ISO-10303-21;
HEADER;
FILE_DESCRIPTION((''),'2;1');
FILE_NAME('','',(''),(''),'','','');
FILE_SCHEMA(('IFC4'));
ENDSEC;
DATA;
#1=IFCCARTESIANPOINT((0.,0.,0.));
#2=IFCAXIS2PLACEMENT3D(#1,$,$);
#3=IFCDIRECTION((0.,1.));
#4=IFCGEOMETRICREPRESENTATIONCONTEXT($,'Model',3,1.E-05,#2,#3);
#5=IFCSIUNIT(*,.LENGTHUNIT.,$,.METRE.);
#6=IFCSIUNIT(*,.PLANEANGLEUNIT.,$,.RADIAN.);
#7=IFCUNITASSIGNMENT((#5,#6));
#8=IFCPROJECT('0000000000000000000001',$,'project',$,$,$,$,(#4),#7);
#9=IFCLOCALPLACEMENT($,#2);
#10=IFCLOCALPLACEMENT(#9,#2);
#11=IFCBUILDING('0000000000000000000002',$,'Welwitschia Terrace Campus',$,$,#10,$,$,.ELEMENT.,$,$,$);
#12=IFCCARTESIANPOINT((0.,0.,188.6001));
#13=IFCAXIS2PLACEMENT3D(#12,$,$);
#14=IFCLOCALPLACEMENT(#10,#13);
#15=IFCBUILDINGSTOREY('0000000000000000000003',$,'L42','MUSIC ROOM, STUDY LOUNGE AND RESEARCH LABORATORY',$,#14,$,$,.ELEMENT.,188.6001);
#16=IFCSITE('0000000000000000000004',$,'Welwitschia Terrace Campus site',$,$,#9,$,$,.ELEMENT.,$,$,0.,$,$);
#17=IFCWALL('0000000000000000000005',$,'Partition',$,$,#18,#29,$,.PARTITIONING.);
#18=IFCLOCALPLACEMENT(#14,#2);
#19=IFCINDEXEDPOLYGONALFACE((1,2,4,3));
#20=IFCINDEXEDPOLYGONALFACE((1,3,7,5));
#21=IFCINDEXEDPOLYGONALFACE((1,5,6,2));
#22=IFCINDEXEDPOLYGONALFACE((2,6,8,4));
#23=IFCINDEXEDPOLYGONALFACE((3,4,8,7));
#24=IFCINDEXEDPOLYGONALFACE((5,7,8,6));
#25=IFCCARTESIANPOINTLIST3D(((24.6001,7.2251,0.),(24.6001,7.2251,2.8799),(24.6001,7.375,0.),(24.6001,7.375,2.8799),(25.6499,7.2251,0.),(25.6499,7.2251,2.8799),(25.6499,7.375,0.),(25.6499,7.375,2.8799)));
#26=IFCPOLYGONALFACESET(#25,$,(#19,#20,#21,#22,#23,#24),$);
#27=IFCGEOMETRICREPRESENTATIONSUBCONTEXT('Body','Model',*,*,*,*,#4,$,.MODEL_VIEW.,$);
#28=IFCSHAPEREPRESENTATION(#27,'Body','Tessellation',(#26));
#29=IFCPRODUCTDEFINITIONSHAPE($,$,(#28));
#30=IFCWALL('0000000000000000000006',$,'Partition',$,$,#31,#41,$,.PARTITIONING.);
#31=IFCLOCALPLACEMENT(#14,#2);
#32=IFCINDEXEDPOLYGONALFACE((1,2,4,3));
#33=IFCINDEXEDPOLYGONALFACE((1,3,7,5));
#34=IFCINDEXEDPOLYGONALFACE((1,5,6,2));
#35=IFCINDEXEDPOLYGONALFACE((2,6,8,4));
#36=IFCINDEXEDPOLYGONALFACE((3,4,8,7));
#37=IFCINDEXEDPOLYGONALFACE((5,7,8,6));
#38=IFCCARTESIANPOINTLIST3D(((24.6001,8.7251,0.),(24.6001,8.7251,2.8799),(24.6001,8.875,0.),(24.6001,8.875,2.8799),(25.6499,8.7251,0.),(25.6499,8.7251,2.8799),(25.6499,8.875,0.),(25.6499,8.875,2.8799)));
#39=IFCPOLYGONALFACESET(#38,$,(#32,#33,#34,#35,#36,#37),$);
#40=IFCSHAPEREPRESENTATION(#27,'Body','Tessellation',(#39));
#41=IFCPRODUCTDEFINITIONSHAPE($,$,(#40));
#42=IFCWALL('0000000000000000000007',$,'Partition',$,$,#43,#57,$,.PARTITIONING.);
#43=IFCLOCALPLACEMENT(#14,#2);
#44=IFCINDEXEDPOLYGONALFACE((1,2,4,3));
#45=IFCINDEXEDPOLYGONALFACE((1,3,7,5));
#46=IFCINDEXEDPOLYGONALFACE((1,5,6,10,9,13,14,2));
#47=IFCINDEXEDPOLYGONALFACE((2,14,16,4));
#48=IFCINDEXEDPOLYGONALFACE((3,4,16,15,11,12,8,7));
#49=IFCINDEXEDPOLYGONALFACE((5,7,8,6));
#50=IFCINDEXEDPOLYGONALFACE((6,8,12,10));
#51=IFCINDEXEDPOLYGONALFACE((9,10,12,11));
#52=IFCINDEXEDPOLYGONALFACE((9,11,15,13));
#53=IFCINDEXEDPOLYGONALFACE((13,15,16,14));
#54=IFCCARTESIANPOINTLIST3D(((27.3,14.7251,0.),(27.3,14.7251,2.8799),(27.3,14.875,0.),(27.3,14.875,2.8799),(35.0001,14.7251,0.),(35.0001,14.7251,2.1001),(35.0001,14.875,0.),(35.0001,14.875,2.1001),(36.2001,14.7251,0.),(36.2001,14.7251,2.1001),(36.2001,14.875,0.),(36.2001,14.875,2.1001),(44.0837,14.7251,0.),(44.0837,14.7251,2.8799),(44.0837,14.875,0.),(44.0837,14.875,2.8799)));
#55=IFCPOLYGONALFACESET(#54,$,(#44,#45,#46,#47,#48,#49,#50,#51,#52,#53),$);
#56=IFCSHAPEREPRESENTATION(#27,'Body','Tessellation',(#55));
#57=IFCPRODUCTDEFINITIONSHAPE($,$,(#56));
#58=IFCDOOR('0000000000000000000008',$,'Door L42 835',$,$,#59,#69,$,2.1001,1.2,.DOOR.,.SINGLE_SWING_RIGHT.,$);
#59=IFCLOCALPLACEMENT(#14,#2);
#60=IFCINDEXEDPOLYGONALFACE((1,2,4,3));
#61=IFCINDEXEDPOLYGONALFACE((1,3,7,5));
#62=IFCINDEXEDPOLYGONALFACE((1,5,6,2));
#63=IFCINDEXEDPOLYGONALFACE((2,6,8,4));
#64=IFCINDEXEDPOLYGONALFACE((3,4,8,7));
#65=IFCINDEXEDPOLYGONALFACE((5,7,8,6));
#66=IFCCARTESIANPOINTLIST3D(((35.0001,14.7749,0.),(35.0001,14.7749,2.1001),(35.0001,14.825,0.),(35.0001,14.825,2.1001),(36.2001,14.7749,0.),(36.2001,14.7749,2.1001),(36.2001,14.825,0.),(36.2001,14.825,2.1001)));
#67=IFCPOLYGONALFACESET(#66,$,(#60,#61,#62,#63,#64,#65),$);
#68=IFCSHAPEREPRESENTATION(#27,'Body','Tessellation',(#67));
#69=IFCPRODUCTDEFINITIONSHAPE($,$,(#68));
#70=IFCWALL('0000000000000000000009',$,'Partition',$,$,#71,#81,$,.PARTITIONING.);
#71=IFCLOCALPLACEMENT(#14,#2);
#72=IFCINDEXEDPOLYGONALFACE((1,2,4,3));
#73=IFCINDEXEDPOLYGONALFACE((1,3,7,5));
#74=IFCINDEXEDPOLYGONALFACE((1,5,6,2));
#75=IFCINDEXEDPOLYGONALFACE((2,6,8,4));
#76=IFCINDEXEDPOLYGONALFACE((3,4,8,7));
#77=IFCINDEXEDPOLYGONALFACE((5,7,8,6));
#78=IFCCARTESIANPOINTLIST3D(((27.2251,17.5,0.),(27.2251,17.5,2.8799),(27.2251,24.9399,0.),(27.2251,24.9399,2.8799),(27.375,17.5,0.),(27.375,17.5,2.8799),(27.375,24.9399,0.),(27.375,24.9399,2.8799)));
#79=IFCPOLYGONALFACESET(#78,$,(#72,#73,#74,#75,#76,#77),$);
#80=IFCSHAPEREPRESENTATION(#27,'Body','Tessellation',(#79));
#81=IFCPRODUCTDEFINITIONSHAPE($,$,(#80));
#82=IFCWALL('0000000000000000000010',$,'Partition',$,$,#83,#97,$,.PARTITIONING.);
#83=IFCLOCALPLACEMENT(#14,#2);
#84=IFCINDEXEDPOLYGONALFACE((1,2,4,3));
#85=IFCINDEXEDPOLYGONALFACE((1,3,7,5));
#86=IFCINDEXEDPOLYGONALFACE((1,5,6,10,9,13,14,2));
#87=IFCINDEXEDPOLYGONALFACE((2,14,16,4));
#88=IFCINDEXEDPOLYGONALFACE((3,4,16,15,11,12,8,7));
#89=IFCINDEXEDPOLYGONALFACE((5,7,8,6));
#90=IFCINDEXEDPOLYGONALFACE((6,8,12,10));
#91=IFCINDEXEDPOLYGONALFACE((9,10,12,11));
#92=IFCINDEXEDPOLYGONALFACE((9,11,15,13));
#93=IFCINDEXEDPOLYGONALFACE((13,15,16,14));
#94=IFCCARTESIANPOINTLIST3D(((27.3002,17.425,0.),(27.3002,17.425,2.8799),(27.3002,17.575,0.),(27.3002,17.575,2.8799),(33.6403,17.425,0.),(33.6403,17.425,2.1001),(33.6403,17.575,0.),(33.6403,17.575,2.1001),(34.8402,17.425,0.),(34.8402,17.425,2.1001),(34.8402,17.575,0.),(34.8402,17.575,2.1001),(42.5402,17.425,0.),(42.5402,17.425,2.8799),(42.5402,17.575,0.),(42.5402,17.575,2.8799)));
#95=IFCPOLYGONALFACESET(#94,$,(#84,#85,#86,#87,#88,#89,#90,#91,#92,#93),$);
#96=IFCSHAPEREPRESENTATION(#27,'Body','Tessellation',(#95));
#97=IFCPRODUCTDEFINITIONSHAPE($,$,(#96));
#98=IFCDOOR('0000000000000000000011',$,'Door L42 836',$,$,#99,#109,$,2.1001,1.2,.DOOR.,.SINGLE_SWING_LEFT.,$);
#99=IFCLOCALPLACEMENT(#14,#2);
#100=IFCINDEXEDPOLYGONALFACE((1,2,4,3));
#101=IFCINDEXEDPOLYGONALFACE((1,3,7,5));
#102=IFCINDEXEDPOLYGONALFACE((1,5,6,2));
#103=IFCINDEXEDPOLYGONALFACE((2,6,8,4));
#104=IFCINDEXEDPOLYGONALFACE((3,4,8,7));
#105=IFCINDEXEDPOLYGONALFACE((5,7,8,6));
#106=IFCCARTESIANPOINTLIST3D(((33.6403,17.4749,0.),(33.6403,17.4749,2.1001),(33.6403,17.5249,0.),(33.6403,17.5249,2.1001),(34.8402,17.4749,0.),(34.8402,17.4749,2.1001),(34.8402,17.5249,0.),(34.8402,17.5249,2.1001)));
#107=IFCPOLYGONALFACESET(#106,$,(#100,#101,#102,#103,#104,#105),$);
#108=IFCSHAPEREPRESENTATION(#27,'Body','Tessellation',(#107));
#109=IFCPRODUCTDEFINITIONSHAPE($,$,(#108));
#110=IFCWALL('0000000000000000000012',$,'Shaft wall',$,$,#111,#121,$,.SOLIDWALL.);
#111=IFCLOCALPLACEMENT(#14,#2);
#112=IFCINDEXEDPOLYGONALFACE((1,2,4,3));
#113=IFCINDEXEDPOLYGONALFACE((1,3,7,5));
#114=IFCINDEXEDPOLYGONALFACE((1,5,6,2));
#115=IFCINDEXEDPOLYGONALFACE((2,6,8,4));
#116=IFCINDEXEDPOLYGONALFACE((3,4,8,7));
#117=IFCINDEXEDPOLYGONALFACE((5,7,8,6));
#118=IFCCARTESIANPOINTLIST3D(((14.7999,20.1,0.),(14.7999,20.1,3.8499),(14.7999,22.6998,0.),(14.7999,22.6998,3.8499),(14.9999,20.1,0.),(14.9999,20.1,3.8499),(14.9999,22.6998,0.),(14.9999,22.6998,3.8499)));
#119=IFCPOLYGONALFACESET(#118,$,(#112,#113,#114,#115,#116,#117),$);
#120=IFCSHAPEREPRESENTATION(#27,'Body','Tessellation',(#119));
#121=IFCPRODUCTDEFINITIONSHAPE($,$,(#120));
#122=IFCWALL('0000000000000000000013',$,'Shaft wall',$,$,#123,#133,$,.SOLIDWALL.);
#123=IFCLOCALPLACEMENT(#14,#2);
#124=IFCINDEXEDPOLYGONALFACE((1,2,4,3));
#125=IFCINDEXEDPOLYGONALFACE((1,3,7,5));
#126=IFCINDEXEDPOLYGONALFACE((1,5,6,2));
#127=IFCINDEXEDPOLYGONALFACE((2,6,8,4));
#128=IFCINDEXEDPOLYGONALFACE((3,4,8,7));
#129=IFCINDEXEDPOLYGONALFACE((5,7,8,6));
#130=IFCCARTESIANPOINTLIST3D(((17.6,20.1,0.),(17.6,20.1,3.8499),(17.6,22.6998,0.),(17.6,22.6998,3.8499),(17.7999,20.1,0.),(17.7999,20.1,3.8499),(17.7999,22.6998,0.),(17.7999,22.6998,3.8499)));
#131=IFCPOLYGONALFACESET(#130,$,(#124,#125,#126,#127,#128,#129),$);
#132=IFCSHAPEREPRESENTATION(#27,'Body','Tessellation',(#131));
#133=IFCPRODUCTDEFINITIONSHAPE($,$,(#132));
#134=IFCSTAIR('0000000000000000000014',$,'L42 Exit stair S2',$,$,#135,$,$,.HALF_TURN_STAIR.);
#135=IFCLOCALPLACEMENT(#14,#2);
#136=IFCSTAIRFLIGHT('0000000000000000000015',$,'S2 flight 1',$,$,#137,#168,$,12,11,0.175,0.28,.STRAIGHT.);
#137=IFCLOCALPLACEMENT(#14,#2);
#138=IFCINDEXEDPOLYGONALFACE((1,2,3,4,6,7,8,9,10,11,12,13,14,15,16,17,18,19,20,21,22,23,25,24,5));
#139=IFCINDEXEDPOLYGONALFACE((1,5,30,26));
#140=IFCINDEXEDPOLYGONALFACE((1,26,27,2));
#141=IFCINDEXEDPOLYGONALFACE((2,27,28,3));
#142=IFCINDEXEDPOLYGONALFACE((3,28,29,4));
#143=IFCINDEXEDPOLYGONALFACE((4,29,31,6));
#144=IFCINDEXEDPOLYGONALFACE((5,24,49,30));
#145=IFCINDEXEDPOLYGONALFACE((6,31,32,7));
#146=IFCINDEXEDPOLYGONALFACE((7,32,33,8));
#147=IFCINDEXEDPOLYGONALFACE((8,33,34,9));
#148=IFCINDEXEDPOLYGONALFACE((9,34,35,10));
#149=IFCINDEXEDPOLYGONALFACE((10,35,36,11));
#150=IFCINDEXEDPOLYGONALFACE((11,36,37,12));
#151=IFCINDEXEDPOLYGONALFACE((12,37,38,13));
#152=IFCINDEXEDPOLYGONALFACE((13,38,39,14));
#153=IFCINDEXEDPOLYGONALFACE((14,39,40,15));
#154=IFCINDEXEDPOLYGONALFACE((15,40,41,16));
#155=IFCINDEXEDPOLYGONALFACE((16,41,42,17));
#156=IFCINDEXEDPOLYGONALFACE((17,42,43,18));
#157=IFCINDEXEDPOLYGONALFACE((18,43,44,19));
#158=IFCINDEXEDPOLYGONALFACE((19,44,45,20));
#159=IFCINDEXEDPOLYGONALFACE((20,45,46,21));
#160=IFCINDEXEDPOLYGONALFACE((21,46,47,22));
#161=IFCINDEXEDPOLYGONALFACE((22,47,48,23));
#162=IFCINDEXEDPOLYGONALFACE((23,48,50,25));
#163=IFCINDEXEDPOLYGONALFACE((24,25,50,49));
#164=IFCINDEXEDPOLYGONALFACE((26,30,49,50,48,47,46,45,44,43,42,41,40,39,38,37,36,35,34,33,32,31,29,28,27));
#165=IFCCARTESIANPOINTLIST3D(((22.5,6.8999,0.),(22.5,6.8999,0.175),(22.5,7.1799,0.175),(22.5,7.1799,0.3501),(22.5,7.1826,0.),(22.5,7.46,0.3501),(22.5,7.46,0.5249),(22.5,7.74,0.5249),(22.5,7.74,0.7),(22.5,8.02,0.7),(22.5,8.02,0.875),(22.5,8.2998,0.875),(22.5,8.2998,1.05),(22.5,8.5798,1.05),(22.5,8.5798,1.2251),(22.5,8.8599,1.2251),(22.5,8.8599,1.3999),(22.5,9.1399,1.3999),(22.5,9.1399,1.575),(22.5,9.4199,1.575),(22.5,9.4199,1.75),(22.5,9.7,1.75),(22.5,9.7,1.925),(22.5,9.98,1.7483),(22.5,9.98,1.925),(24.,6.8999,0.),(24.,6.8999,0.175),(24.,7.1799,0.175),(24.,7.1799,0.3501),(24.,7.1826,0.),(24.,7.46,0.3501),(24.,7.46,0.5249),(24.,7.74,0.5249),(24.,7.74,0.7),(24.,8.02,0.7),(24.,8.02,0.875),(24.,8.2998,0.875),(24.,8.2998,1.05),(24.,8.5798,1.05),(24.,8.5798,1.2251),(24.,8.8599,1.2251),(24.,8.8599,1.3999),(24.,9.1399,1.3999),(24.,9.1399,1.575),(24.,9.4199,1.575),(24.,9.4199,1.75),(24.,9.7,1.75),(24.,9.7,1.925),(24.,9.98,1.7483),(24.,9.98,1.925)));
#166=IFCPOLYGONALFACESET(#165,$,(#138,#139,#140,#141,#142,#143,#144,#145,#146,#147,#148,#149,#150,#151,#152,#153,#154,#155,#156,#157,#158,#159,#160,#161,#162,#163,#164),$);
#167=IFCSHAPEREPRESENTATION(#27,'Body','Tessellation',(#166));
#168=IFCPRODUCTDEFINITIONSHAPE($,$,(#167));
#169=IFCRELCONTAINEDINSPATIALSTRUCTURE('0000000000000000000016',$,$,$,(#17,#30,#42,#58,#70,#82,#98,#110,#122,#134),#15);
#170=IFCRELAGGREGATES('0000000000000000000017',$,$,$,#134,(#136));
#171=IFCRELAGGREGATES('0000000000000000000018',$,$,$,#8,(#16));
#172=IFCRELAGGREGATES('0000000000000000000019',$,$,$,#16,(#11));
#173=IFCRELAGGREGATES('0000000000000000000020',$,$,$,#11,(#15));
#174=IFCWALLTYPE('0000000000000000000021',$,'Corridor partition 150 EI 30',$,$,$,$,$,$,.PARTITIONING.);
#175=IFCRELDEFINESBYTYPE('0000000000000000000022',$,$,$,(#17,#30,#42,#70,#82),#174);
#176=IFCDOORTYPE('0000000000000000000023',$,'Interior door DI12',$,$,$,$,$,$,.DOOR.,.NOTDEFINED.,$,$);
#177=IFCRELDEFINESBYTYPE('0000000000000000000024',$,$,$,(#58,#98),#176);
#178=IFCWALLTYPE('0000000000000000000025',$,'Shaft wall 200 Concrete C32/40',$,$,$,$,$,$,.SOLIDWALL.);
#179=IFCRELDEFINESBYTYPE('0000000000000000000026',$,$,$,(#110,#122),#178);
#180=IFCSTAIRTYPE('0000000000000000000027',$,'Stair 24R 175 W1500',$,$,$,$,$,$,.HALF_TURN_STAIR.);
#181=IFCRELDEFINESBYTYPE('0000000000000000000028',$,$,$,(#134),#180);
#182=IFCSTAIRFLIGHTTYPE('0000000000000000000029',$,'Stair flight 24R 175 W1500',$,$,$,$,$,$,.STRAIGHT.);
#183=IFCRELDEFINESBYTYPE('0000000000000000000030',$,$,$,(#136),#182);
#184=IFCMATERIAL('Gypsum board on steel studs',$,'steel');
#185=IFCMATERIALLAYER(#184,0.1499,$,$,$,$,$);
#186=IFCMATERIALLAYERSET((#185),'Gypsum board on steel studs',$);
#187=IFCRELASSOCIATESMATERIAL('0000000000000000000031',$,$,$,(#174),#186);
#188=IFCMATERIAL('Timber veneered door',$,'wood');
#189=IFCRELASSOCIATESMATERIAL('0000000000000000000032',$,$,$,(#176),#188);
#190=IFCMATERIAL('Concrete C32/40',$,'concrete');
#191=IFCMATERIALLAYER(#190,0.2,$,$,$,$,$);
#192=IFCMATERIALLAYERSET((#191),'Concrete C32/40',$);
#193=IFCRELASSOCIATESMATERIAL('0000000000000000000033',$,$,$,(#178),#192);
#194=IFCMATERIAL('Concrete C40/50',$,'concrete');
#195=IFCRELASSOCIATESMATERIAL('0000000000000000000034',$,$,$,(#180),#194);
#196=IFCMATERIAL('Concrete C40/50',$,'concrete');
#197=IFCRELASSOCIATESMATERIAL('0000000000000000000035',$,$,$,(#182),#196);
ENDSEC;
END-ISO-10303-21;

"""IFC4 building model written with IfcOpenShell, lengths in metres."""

from ifc_helpers import new_model, si_unit, direction, frame, frame_2d, origin, place, context, subcontext, project, spatial, polyline, rectangle, outline, extrude, material, layer, layer_set, type_object, element, fill, aggregate, save


model = new_model("IFC4")

# Units and contexts
model_context = context("Model", 3, precision=1e-05, world=origin(), true_north=direction((0.0, 1.0)))
body_context = subcontext(model_context, "Body", "Model", "MODEL_VIEW")
ifc_project = project(units=[si_unit("LENGTHUNIT", "METRE"), si_unit("PLANEANGLEUNIT", "RADIAN")], contexts=[model_context])

# Site, building, storey
site_placement = place(None, origin())
site = spatial("IfcSite", under=ifc_project, at=site_placement, Name="Welwitschia Terrace Campus site", CompositionType="ELEMENT", RefElevation=0.0)
building_placement = place(site_placement, origin())
building = spatial("IfcBuilding", under=site, at=building_placement, Name="Welwitschia Terrace Campus", CompositionType="ELEMENT")
storey_placement = place(building_placement, frame((0.0, 0.0, 188.6001)))
storey = spatial("IfcBuildingStorey", under=building, at=storey_placement, Name="L42", Description="MUSIC ROOM, STUDY LOUNGE AND RESEARCH LABORATORY", CompositionType="ELEMENT", Elevation=188.6001)

# Walls
ifc_material_1 = material(Name="Gypsum board on steel studs", Category="steel")
ifc_layer_1 = layer(ifc_material_1, 0.1499)
ifc_layer_set_1 = layer_set([ifc_layer_1], Name="Gypsum board on steel studs")
wall_type_1 = type_object("IfcWallType", Name="Corridor partition 150 EI 30", PredefinedType="PARTITIONING", material=ifc_layer_set_1)
for number, where, z_axis, x_axis, name in (
    (1, (24.6001, 7.3, 0.0), (0.0, 0.0, 1.0), (1.0, 0.0, 0.0), "Partition"),
    (2, (24.6001, 8.8, 0.0), (0.0, 0.0, 1.0), (1.0, 0.0, 0.0), "Partition"),
):
    element("IfcWall", number, at=place(storey_placement, frame(where, z_axis=z_axis, x_axis=x_axis)), inside=storey, type_object=wall_type_1, Name=name, PredefinedType="PARTITIONING", context=body_context, shape_type="SweptSolid", body=[
        extrude(rectangle(XDim=1.0498, YDim=0.1499, at=frame_2d((0.5249, 0.0))), origin(), (0.0, 0.0, 1.0), 2.8799),
    ])

# Wall, opening, door
wall_1_placement = place(storey_placement, frame((27.3, 14.8, 0.0), z_axis=(0.0, 0.0, 1.0), x_axis=(1.0, 0.0, 0.0)))
wall_1 = element("IfcWall", 3, at=wall_1_placement, inside=storey, type_object=wall_type_1, Name="Partition", PredefinedType="PARTITIONING", context=body_context, shape_type="SweptSolid", body=[
    extrude(rectangle(XDim=16.7837, YDim=0.1499, at=frame_2d((8.3918, 0.0))), origin(), (0.0, 0.0, 1.0), 2.8799),
])
opening_1_placement = place(wall_1_placement, frame((7.7, 0.0, 0.0)))
opening_1 = element("IfcOpeningElement", 4, at=opening_1_placement, cuts=wall_1, PredefinedType="OPENING", context=body_context, shape_type="SweptSolid", body=[
    extrude(rectangle(XDim=1.2, YDim=2.1001, at=frame_2d((0.6001, 1.05))), frame((0.0, 0.085, 0.0), z_axis=(0.0, -1.0, 0.0), x_axis=(1.0, 0.0, 0.0)), (0.0, 0.0, 1.0), 0.1699),
])
ifc_material_2 = material(Name="Timber veneered door", Category="wood")
door_type_1 = type_object("IfcDoorType", Name="Interior door DI12", OperationType="NOTDEFINED", PredefinedType="DOOR", material=ifc_material_2)
door_1_placement = place(opening_1_placement, origin())
door_1 = element("IfcDoor", 5, at=door_1_placement, inside=storey, type_object=door_type_1, Name="Door L42 835", OperationType="SINGLE_SWING_RIGHT", OverallHeight=2.1001, OverallWidth=1.2, PredefinedType="DOOR", context=body_context, shape_type="SweptSolid", body=[
    extrude(rectangle(XDim=1.2, YDim=2.1001, at=frame_2d((0.6001, 1.05))), frame((0.0, 0.0249, 0.0), z_axis=(0.0, -1.0, 0.0), x_axis=(1.0, 0.0, 0.0)), (0.0, 0.0, 1.0), 0.05),
])
fill(opening_1, door_1)

# Wall
wall_2_placement = place(storey_placement, frame((27.3, 17.5, 0.0), z_axis=(0.0, 0.0, 1.0), x_axis=(0.0, 1.0, 0.0)))
element("IfcWall", 6, at=wall_2_placement, inside=storey, type_object=wall_type_1, Name="Partition", PredefinedType="PARTITIONING", context=body_context, shape_type="SweptSolid", body=[
    extrude(rectangle(XDim=7.4399, YDim=0.1499, at=frame_2d((3.72, 0.0))), origin(), (0.0, 0.0, 1.0), 2.8799),
])

# Wall, opening, door
wall_3_placement = place(storey_placement, frame((27.3, 17.5, 0.0), z_axis=(0.0, 0.0, 1.0), x_axis=(1.0, 0.0, 0.0)))
wall_3 = element("IfcWall", 7, at=wall_3_placement, inside=storey, type_object=wall_type_1, Name="Partition", PredefinedType="PARTITIONING", context=body_context, shape_type="SweptSolid", body=[
    extrude(rectangle(XDim=15.24, YDim=0.1499, at=frame_2d((7.6201, 0.0))), origin(), (0.0, 0.0, 1.0), 2.8799),
])
opening_2_placement = place(wall_3_placement, frame((6.3401, 0.0, 0.0)))
opening_2 = element("IfcOpeningElement", 8, at=opening_2_placement, cuts=wall_3, PredefinedType="OPENING", context=body_context, shape_type="SweptSolid", body=[
    extrude(rectangle(XDim=1.2, YDim=2.1001, at=frame_2d((0.6001, 1.05))), frame((0.0, 0.085, 0.0), z_axis=(0.0, -1.0, 0.0), x_axis=(1.0, 0.0, 0.0)), (0.0, 0.0, 1.0), 0.1699),
])
door_2_placement = place(opening_2_placement, origin())
door_2 = element("IfcDoor", 9, at=door_2_placement, inside=storey, type_object=door_type_1, Name="Door L42 836", OperationType="SINGLE_SWING_LEFT", OverallHeight=2.1001, OverallWidth=1.2, PredefinedType="DOOR", context=body_context, shape_type="SweptSolid", body=[
    extrude(rectangle(XDim=1.2, YDim=2.1001, at=frame_2d((0.6001, 1.05))), frame((0.0, 0.0249, 0.0), z_axis=(0.0, -1.0, 0.0), x_axis=(1.0, 0.0, 0.0)), (0.0, 0.0, 1.0), 0.05),
])
fill(opening_2, door_2)

# Walls
ifc_material_3 = material(Name="Concrete C32/40", Category="concrete")
ifc_layer_2 = layer(ifc_material_3, 0.2)
ifc_layer_set_2 = layer_set([ifc_layer_2], Name="Concrete C32/40")
wall_type_2 = type_object("IfcWallType", Name="Shaft wall 200 Concrete C32/40", PredefinedType="SOLIDWALL", material=ifc_layer_set_2)
for number, where, z_axis, x_axis, name in (
    (10, (14.8999, 20.1001, 0.0), (0.0, 0.0, 1.0), (0.0, 1.0, 0.0), "Shaft wall"),
    (11, (17.7, 20.1001, 0.0), (0.0, 0.0, 1.0), (0.0, 1.0, 0.0), "Shaft wall"),
):
    element("IfcWall", number, at=place(storey_placement, frame(where, z_axis=z_axis, x_axis=x_axis)), inside=storey, type_object=wall_type_2, Name=name, PredefinedType="SOLIDWALL", context=body_context, shape_type="SweptSolid", body=[
        extrude(rectangle(XDim=2.5999, YDim=0.2, at=frame_2d((1.2998, 0.0))), origin(), (0.0, 0.0, 1.0), 3.8499),
    ])

# Stair, stair flight
ifc_material_4 = material(Name="Concrete C40/50", Category="concrete")
stair_type = type_object("IfcStairType", Name="Stair 24R 175 W1500", PredefinedType="HALF_TURN_STAIR", material=ifc_material_4)
stair_placement = place(storey_placement, origin())
stair = element("IfcStair", 12, at=stair_placement, inside=storey, type_object=stair_type, Name="L42 Exit stair S2", PredefinedType="HALF_TURN_STAIR")
ifc_material_5 = material(Name="Concrete C40/50", Category="concrete")
stair_flight_type = type_object("IfcStairFlightType", Name="Stair flight 24R 175 W1500", PredefinedType="STRAIGHT", material=ifc_material_5)
stair_flight_1_placement = place(storey_placement, frame((23.25, 6.8999, 0.0), z_axis=(0.0, 0.0, 1.0), x_axis=(0.0, 1.0, 0.0)))
stair_flight_1 = element("IfcStairFlight", 13, at=stair_flight_1_placement, type_object=stair_flight_type, Name="S2 flight 1", NumberOfRisers=12, NumberOfTreads=11, PredefinedType="STRAIGHT", RiserHeight=0.175, TreadLength=0.28, context=body_context, shape_type="SweptSolid", body=[
    extrude(outline(polyline([(0.0, 0.0), (0.0, 0.175), (0.28, 0.175), (0.28, 0.3501), (0.5601, 0.3501), (0.5601, 0.5249), (0.8401, 0.5249), (0.8401, 0.7), (1.1201, 0.7), (1.1201, 0.875), (1.3999, 0.875), (1.3999, 1.05), (1.6799, 1.05), (1.6799, 1.2251), (1.96, 1.2251), (1.96, 1.3999), (2.24, 1.3999), (2.24, 1.575), (2.52, 1.575), (2.52, 1.75), (2.8, 1.75), (2.8, 1.925), (3.0801, 1.925), (3.0801, 2.1001), (3.0801, 1.7483), (0.2827, 0.0), (0.0, 0.0)])), frame((0.0, 0.75, 0.0), z_axis=(0.0, -1.0, 0.0), x_axis=(1.0, 0.0, 0.0)), (0.0, 0.0, 1.0), 1.5),
])
aggregate(stair, [stair_flight_1])

save(model, "model.ifc")
